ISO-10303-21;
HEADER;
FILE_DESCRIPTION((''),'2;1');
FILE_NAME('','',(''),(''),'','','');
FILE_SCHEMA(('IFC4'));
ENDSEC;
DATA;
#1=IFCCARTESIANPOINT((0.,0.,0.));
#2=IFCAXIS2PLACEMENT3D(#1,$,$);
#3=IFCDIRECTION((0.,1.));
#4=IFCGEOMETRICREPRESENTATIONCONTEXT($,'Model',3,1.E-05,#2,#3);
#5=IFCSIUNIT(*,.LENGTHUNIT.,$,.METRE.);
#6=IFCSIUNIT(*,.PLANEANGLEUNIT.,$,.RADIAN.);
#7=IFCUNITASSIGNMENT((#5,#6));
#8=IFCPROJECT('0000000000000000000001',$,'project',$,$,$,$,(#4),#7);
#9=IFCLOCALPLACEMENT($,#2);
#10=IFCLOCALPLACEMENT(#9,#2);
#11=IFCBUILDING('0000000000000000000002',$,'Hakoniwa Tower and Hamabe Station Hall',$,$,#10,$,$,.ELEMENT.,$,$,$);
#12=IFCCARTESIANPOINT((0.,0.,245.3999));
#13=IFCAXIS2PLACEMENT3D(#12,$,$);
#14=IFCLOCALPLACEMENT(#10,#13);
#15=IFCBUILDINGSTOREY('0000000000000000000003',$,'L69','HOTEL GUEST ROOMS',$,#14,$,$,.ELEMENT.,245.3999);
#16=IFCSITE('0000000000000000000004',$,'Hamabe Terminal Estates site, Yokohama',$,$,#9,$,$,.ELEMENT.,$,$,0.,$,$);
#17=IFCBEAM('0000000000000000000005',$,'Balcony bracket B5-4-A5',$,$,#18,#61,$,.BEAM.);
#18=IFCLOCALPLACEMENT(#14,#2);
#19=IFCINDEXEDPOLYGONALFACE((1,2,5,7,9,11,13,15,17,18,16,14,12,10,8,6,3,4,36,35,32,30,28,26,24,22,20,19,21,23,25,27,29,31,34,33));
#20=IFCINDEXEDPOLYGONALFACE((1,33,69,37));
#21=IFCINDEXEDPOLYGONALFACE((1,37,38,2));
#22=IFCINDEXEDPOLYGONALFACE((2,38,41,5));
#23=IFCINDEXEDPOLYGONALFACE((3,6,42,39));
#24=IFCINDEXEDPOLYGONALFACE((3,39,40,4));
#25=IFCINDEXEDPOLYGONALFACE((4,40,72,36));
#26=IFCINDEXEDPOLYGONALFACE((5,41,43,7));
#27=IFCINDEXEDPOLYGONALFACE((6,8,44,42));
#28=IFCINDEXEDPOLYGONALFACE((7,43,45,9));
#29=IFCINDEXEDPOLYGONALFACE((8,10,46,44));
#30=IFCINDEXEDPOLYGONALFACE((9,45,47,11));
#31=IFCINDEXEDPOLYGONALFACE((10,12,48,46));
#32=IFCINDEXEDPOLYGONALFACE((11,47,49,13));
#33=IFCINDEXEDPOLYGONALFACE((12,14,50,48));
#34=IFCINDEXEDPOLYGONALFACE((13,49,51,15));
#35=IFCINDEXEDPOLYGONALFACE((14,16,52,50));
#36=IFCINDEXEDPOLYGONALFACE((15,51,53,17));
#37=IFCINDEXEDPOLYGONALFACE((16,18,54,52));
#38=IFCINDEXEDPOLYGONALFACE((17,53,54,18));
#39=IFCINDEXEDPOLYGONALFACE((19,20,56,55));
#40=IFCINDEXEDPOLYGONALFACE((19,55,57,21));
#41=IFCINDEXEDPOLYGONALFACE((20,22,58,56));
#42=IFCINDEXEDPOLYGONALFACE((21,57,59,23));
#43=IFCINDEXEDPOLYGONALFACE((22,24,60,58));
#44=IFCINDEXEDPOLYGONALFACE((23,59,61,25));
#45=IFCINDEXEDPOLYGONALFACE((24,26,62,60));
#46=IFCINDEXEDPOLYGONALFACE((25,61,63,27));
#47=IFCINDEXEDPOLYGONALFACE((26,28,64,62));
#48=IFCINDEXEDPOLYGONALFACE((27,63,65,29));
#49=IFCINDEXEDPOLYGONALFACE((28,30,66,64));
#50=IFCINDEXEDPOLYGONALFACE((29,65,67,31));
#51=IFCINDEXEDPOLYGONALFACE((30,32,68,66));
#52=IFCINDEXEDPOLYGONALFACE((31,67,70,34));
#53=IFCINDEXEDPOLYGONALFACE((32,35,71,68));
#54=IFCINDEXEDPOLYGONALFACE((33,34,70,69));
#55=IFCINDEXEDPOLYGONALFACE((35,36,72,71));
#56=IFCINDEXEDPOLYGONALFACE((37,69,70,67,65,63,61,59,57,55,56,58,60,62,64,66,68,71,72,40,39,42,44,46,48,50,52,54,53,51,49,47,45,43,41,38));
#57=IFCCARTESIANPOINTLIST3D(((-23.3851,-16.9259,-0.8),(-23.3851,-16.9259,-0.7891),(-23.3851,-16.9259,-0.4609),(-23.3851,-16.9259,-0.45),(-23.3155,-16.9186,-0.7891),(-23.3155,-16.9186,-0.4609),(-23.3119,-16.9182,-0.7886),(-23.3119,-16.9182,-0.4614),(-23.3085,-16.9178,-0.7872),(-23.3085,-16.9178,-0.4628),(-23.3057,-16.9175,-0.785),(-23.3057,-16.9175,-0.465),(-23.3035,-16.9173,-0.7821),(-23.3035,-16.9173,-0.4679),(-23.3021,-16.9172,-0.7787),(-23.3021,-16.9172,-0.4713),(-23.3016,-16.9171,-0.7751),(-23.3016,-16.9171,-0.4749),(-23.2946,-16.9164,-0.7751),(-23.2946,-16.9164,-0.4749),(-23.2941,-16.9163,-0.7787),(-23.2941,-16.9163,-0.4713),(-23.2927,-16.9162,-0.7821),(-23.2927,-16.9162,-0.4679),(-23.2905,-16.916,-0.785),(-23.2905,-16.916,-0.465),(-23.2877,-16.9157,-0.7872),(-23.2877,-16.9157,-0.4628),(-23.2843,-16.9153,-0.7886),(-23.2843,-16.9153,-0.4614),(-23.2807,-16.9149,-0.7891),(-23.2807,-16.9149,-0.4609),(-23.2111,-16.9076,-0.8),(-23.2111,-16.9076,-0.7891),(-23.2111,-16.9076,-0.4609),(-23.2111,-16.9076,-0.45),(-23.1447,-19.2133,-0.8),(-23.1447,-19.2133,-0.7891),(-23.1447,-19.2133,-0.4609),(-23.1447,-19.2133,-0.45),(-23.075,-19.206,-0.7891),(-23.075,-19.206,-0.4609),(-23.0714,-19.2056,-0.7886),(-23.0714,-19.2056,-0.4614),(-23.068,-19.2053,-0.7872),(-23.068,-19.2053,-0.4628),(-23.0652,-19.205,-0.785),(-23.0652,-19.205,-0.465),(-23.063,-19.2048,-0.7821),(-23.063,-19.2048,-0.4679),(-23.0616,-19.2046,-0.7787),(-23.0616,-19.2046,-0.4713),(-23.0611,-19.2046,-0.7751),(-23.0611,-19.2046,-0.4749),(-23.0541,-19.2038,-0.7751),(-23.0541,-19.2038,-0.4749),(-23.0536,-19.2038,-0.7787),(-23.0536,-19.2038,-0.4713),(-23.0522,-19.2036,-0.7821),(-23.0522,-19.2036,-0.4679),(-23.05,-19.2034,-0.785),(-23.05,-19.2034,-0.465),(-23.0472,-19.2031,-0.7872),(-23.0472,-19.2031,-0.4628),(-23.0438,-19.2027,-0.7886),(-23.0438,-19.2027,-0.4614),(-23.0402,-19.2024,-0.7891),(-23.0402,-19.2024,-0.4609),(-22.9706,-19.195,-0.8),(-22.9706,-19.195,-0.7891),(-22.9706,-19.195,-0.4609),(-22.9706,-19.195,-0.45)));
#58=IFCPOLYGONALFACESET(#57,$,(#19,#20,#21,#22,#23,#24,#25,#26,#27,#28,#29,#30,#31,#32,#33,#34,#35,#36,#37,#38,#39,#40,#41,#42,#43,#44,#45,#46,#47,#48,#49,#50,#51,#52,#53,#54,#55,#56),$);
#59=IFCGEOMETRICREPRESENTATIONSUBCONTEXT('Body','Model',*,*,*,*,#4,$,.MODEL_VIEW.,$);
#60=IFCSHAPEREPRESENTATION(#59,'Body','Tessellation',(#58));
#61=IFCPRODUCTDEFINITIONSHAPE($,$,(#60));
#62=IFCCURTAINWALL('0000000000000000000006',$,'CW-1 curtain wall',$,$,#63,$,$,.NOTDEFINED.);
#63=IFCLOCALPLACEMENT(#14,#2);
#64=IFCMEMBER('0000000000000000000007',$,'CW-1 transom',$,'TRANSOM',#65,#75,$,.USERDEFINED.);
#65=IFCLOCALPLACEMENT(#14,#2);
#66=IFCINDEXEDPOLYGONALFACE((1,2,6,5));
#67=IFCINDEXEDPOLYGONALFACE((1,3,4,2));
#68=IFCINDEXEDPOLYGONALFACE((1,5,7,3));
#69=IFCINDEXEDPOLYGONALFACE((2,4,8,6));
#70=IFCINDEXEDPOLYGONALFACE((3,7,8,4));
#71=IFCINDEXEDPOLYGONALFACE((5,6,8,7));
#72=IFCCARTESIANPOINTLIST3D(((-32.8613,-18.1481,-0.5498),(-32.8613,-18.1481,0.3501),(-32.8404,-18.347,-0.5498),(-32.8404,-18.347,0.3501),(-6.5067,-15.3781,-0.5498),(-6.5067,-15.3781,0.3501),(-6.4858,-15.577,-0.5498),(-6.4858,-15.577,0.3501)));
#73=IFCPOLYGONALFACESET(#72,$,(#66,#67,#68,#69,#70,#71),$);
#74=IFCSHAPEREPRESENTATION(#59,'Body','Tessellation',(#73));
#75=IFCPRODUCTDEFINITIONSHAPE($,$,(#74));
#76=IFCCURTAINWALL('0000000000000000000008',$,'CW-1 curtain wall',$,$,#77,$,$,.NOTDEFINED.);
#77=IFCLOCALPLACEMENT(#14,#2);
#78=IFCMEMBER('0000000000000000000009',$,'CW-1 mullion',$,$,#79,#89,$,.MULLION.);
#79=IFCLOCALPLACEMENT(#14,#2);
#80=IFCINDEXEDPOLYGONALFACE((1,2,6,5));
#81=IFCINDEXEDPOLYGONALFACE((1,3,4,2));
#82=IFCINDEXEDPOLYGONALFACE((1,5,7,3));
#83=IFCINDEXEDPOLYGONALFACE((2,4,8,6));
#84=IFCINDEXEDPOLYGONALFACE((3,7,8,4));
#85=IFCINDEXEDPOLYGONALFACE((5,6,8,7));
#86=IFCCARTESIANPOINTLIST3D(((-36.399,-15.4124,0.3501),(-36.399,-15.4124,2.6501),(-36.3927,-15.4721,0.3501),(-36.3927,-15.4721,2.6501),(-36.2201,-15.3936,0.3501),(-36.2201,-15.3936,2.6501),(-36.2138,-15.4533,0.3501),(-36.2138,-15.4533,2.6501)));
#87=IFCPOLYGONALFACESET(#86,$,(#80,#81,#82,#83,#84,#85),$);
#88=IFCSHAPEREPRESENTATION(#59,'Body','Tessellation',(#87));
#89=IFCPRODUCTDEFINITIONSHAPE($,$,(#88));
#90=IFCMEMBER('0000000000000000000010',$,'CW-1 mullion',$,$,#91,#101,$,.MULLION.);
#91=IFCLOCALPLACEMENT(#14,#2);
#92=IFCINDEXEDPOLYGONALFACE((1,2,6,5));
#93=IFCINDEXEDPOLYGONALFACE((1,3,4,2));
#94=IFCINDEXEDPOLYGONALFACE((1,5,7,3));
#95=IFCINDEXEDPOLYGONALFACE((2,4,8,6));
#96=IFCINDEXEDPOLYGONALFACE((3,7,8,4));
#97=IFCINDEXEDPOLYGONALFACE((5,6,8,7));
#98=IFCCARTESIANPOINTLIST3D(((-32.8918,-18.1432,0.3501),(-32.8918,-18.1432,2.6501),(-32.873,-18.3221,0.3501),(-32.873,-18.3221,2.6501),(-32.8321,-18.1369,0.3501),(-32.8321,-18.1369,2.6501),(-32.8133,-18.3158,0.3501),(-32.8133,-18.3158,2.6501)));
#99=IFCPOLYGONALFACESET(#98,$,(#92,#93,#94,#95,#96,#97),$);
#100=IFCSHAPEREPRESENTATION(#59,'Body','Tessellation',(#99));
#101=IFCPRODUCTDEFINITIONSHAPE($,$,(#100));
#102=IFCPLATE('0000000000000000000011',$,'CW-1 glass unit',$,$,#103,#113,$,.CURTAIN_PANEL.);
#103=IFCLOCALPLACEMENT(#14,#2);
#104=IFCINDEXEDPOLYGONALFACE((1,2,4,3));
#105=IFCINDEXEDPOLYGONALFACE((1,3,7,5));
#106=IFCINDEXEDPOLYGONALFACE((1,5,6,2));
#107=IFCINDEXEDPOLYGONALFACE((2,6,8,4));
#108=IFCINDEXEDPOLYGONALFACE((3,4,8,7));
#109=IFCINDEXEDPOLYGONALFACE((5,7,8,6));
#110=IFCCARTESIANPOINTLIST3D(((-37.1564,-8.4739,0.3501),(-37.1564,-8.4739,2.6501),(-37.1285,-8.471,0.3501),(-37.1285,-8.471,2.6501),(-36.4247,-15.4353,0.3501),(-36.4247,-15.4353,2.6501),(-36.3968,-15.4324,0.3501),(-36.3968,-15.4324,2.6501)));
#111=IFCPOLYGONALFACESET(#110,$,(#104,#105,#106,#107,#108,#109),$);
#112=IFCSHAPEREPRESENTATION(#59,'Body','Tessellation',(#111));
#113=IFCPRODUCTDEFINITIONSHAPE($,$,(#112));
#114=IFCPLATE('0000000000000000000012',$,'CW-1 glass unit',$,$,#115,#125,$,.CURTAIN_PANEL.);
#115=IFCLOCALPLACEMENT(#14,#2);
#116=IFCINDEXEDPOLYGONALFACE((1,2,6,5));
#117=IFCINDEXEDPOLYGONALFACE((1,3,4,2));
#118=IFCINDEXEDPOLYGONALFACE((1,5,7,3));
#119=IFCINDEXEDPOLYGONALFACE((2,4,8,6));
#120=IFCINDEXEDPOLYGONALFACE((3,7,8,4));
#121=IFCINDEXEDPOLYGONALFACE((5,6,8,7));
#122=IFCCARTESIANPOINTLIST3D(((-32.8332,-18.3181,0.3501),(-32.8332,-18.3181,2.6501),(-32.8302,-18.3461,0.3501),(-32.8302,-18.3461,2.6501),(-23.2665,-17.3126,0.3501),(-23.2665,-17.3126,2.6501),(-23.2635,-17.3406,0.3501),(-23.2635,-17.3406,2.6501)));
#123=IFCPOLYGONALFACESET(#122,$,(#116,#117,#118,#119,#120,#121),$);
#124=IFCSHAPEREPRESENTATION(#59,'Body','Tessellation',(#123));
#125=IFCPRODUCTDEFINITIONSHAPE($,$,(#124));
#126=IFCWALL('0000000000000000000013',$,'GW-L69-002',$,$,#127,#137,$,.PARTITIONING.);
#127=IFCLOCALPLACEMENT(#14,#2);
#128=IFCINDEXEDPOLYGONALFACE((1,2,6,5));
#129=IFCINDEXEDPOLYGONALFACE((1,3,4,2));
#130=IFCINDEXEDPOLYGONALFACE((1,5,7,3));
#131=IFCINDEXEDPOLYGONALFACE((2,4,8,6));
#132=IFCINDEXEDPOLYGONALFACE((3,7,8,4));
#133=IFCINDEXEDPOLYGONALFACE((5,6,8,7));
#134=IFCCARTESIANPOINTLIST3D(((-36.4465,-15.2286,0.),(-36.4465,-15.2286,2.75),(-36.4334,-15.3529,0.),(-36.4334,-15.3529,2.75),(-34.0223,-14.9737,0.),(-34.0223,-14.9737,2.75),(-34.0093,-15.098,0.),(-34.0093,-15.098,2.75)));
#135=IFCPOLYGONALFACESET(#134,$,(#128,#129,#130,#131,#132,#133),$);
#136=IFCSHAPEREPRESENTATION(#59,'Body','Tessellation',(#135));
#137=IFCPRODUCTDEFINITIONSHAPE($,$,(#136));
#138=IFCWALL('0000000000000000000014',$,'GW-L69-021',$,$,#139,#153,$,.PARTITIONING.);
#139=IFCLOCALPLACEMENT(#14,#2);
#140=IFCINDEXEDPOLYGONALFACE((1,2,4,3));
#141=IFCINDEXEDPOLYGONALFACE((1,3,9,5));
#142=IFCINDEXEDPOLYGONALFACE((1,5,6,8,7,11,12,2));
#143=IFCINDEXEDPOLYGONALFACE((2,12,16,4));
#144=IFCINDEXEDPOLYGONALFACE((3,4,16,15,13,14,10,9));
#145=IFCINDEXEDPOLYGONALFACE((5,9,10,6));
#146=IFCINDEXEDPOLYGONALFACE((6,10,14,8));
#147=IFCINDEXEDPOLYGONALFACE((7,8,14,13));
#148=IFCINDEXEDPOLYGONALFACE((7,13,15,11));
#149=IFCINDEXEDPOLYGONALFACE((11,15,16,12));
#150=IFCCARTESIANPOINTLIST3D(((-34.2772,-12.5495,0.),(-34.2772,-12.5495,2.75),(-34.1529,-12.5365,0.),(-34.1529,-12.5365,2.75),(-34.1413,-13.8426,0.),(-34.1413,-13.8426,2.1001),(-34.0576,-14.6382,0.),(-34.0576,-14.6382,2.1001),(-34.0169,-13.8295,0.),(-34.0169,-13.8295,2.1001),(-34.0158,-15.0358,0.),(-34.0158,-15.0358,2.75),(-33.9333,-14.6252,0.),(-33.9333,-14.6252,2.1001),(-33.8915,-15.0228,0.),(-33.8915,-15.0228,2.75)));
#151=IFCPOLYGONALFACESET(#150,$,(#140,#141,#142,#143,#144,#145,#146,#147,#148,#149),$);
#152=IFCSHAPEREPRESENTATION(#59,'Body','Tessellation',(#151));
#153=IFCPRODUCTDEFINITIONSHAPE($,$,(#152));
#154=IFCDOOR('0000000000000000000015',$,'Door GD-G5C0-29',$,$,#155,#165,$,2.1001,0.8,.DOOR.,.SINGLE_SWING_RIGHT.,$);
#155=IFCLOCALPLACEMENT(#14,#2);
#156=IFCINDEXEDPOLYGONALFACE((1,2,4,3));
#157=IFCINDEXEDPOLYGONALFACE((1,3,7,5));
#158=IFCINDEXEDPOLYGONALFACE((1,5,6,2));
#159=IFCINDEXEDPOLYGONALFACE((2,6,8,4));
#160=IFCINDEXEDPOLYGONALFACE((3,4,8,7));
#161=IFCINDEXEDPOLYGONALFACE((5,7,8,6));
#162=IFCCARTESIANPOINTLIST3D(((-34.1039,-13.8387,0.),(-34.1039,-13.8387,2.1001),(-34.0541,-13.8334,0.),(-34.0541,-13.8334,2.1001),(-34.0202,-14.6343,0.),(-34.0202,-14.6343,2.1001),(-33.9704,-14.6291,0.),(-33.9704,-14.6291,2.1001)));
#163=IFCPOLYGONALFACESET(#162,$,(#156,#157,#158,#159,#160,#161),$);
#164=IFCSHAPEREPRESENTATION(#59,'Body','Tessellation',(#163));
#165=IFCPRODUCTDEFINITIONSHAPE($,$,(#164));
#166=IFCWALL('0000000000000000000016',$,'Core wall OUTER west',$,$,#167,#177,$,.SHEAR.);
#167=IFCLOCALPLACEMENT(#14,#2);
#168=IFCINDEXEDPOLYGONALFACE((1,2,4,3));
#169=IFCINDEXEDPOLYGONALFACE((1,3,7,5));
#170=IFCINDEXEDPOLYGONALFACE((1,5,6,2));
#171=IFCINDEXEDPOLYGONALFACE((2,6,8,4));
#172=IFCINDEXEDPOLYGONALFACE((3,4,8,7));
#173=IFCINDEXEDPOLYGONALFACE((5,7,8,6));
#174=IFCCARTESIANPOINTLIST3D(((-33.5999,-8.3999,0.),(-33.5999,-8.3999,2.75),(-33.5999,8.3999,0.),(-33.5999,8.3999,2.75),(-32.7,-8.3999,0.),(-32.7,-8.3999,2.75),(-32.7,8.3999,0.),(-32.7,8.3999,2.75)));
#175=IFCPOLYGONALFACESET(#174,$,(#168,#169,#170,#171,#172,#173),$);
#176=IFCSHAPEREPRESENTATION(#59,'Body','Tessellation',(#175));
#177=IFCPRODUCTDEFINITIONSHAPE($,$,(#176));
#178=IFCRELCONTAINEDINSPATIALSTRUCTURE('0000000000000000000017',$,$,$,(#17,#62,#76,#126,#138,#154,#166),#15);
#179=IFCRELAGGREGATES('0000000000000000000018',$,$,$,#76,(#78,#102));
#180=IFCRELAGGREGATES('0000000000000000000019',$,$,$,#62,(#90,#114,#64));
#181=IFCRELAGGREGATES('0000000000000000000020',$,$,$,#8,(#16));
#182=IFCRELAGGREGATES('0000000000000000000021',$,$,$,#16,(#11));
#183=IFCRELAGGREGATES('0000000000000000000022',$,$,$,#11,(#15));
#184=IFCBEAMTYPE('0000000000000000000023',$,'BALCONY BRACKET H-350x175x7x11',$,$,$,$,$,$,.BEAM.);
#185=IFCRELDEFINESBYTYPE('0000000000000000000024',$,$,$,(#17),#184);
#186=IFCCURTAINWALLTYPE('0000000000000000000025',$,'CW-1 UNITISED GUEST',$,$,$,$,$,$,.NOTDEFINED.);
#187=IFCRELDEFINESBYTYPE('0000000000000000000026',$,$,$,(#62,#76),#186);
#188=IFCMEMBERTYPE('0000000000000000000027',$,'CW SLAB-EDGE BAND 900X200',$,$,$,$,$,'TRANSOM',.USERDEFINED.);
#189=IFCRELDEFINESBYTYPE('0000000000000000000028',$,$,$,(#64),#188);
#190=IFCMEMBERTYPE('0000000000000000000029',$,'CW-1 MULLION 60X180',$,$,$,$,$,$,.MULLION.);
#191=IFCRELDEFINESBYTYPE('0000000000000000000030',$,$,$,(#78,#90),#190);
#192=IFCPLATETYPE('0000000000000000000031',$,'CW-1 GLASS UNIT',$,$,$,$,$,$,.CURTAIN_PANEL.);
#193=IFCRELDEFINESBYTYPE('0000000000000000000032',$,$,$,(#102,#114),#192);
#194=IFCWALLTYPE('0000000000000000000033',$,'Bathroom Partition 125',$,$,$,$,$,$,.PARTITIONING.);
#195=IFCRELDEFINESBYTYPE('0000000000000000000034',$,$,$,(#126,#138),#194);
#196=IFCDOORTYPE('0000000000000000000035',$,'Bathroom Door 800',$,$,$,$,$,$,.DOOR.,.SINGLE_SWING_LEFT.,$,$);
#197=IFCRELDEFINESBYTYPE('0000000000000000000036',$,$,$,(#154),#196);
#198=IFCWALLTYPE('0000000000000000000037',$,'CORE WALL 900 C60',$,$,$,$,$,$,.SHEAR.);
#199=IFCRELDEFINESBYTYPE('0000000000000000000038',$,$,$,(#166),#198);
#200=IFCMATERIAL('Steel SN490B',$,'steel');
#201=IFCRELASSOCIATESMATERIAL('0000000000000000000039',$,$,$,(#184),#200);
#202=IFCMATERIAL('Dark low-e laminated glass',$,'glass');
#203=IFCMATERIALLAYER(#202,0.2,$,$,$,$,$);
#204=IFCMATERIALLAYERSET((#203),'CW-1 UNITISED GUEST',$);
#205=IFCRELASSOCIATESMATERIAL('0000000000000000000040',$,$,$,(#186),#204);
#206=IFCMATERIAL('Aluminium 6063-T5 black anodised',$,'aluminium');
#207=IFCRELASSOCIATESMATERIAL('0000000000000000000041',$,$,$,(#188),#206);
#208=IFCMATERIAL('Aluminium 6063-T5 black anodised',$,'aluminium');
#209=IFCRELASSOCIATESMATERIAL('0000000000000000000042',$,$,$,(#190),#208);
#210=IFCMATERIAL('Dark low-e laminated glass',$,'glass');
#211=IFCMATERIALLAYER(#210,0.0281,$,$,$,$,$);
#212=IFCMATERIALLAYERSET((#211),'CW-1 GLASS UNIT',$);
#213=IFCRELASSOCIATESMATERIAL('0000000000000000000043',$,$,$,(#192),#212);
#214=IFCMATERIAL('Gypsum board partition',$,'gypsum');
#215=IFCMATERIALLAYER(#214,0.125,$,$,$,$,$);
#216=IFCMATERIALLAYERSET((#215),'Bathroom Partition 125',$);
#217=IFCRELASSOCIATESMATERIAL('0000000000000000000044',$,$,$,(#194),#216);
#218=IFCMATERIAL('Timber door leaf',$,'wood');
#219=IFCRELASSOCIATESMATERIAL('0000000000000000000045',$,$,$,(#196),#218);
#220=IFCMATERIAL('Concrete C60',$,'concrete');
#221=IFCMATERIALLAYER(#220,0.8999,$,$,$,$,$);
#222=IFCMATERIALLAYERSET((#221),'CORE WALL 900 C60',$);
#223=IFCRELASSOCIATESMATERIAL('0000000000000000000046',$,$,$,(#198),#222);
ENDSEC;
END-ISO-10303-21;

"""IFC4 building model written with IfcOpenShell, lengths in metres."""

from ifc_helpers import new_model, si_unit, direction, frame, frame_2d, origin, origin_2d, place, context, subcontext, project, spatial, rectangle, i_section, extrude, material, layer, layer_set, material_profile, profile_set, type_object, element, fill, aggregate, save


model = new_model("IFC4")

# Units and contexts
model_context = context("Model", 3, precision=1e-05, world=origin(), true_north=direction((0.0, 1.0)))
body_context = subcontext(model_context, "Body", "Model", "MODEL_VIEW")
ifc_project = project(units=[si_unit("LENGTHUNIT", "METRE"), si_unit("PLANEANGLEUNIT", "RADIAN")], contexts=[model_context])

# Site, building, storey
site_placement = place(None, origin())
site = spatial("IfcSite", under=ifc_project, at=site_placement, Name="Hamabe Terminal Estates site, Yokohama", CompositionType="ELEMENT", RefElevation=0.0)
building_placement = place(site_placement, origin())
building = spatial("IfcBuilding", under=site, at=building_placement, Name="Hakoniwa Tower and Hamabe Station Hall", CompositionType="ELEMENT")
storey_placement = place(building_placement, frame((0.0, 0.0, 245.3999)))
storey = spatial("IfcBuildingStorey", under=building, at=storey_placement, Name="L69", Description="HOTEL GUEST ROOMS", CompositionType="ELEMENT", Elevation=245.3999)

# Beam
ifc_material_1 = material(Name="Steel SN490B", Category="steel")
ifc_material_profile_1 = material_profile(ifc_material_1, i_section(OverallWidth=0.175, OverallDepth=0.3501, WebThickness=0.0071, FlangeThickness=0.011, FilletRadius=0.0139, at=origin_2d()), Name="H-350x175x7x11")
ifc_profile_set_1 = profile_set([ifc_material_profile_1], Name="Steel SN490B")
beam_type = type_object("IfcBeamType", Name="BALCONY BRACKET H-350x175x7x11", PredefinedType="BEAM", material=ifc_profile_set_1)
beam_placement = place(storey_placement, frame((-23.2981, -16.9167, -0.625), z_axis=(0.104558, -0.994519, 0.0), x_axis=(0.994519, 0.104558, 0.0)))
element("IfcBeam", 1, at=beam_placement, inside=storey, type_object=beam_type, Name="Balcony bracket B5-4-A5", PredefinedType="BEAM", context=body_context, shape_type="SweptSolid", body=[
    extrude(i_section(OverallWidth=0.175, OverallDepth=0.3501, WebThickness=0.0071, FlangeThickness=0.011, FilletRadius=0.0139, at=origin_2d()), origin(), (0.0, 0.0, 1.0), 2.3),
])

# Curtain walls, members
ifc_material_2 = material(Name="Dark low-e laminated glass", Category="glass")
ifc_layer_1 = layer(ifc_material_2, 0.2)
ifc_layer_set_1 = layer_set([ifc_layer_1], Name="CW-1 UNITISED GUEST")
curtain_wall_type = type_object("IfcCurtainWallType", Name="CW-1 UNITISED GUEST", PredefinedType="NOTDEFINED", material=ifc_layer_set_1)
curtain_wall_1_placement = place(storey_placement, origin())
curtain_wall_1 = element("IfcCurtainWall", 2, at=curtain_wall_1_placement, inside=storey, type_object=curtain_wall_type, Name="CW-1 curtain wall", PredefinedType="NOTDEFINED")
ifc_material_3 = material(Name="Aluminium 6063-T5 black anodised", Category="aluminium")
ifc_material_profile_2 = material_profile(ifc_material_3, rectangle(XDim=0.2, YDim=0.8999, at=origin_2d()), Name="CW SLAB-EDGE BAND 900X200")
ifc_profile_set_2 = profile_set([ifc_material_profile_2], Name="Aluminium 6063-T5 black anodised")
member_type_1 = type_object("IfcMemberType", Name="CW SLAB-EDGE BAND 900X200", ElementType="TRANSOM", PredefinedType="USERDEFINED", material=ifc_profile_set_2)
member_1_placement = place(storey_placement, frame((-32.8508, -18.2476, -0.0999), z_axis=(0.994522, 0.10453, 0.0), x_axis=(-0.10453, 0.994522, 0.0)))
member_1 = element("IfcMember", 3, at=member_1_placement, type_object=member_type_1, Name="CW-1 transom", ObjectType="TRANSOM", PredefinedType="USERDEFINED", context=body_context, shape_type="SweptSolid", body=[
    extrude(rectangle(XDim=0.2, YDim=0.8999, at=origin_2d()), origin(), (0.0, 0.0, 1.0), 26.4998),
])
curtain_wall_2_placement = place(storey_placement, origin())
curtain_wall_2 = element("IfcCurtainWall", 4, at=curtain_wall_2_placement, inside=storey, type_object=curtain_wall_type, Name="CW-1 curtain wall", PredefinedType="NOTDEFINED")
ifc_material_4 = material(Name="Aluminium 6063-T5 black anodised", Category="aluminium")
ifc_material_profile_3 = material_profile(ifc_material_4, rectangle(XDim=0.0601, YDim=0.1799, at=origin_2d()), Name="CW-1 MULLION 60X180")
ifc_profile_set_3 = profile_set([ifc_material_profile_3], Name="Aluminium 6063-T5 black anodised")
member_type_2 = type_object("IfcMemberType", Name="CW-1 MULLION 60X180", PredefinedType="MULLION", material=ifc_profile_set_3)
member_2_placement = place(storey_placement, frame((-36.3064, -15.4329, 0.3501), z_axis=(0.0, 0.0, 1.0), x_axis=(0.104528, -0.994522, 0.0)))
member_2 = element("IfcMember", 5, at=member_2_placement, type_object=member_type_2, Name="CW-1 mullion", PredefinedType="MULLION", context=body_context, shape_type="SweptSolid", body=[
    extrude(rectangle(XDim=0.0601, YDim=0.1799, at=origin_2d()), origin(), (0.0, 0.0, 1.0), 2.3),
])

# Member
member_3_placement = place(storey_placement, frame((-32.8525, -18.2295, 0.3501), z_axis=(0.0, 0.0, 1.0), x_axis=(0.994522, 0.104528, 0.0)))
member_3 = element("IfcMember", 6, at=member_3_placement, type_object=member_type_2, Name="CW-1 mullion", PredefinedType="MULLION", context=body_context, shape_type="SweptSolid", body=[
    extrude(rectangle(XDim=0.0601, YDim=0.1799, at=origin_2d()), origin(), (0.0, 0.0, 1.0), 2.3),
])

# Plates
ifc_material_5 = material(Name="Dark low-e laminated glass", Category="glass")
ifc_layer_2 = layer(ifc_material_5, 0.0281)
ifc_layer_set_2 = layer_set([ifc_layer_2], Name="CW-1 GLASS UNIT")
plate_type = type_object("IfcPlateType", Name="CW-1 GLASS UNIT", PredefinedType="CURTAIN_PANEL", material=ifc_layer_set_2)
plate_1_placement = place(storey_placement, frame((-36.7766, -11.9531, 0.3501), z_axis=(0.0, 0.0, 1.0), x_axis=(0.104528, -0.994522, 0.0)))
plate_1 = element("IfcPlate", 7, at=plate_1_placement, type_object=plate_type, Name="CW-1 glass unit", PredefinedType="CURTAIN_PANEL", context=body_context, shape_type="SweptSolid", body=[
    extrude(rectangle(XDim=6.9998, YDim=0.0281, at=origin_2d()), origin(), (0.0, 0.0, 1.0), 2.3),
])
aggregate(curtain_wall_2, [member_2, plate_1])
plate_2_placement = place(storey_placement, frame((-28.0483, -17.8293, 0.3501), z_axis=(0.0, 0.0, 1.0), x_axis=(0.994522, 0.104528, 0.0)))
plate_2 = element("IfcPlate", 8, at=plate_2_placement, type_object=plate_type, Name="CW-1 glass unit", PredefinedType="CURTAIN_PANEL", context=body_context, shape_type="SweptSolid", body=[
    extrude(rectangle(XDim=9.6194, YDim=0.0281, at=origin_2d()), origin(), (0.0, 0.0, 1.0), 2.3),
])
aggregate(curtain_wall_1, [member_3, plate_2, member_1])

# Wall
ifc_material_6 = material(Name="Gypsum board partition", Category="gypsum")
ifc_layer_3 = layer(ifc_material_6, 0.125)
ifc_layer_set_3 = layer_set([ifc_layer_3], Name="Bathroom Partition 125")
wall_type_1 = type_object("IfcWallType", Name="Bathroom Partition 125", PredefinedType="PARTITIONING", material=ifc_layer_set_3)
wall_1_placement = place(storey_placement, frame((-36.4399, -15.2908, 0.0), z_axis=(0.0, 0.0, 1.0), x_axis=(0.994518, 0.10457, 0.0)))
element("IfcWall", 9, at=wall_1_placement, inside=storey, type_object=wall_type_1, Name="GW-L69-002", PredefinedType="PARTITIONING", context=body_context, shape_type="SweptSolid", body=[
    extrude(rectangle(XDim=2.4375, YDim=0.125, at=frame_2d((1.2188, 0.0))), origin(), (0.0, 0.0, 1.0), 2.75),
])

# Wall, opening, door
wall_2_placement = place(storey_placement, frame((-33.9536, -15.0293, 0.0), z_axis=(0.0, 0.0, 1.0), x_axis=(-0.104588, 0.994516, 0.0)))
wall_2 = element("IfcWall", 10, at=wall_2_placement, inside=storey, type_object=wall_type_1, Name="GW-L69-021", PredefinedType="PARTITIONING", context=body_context, shape_type="SweptSolid", body=[
    extrude(rectangle(XDim=2.5, YDim=0.125, at=frame_2d((1.25, 0.0))), origin(), (0.0, 0.0, 1.0), 2.75),
])
opening_1_placement = place(wall_2_placement, frame((0.3999, 0.0, 0.0)))
opening_1 = element("IfcOpeningElement", 11, at=opening_1_placement, cuts=wall_2, PredefinedType="OPENING", context=body_context, shape_type="SweptSolid", body=[
    extrude(rectangle(XDim=0.8, YDim=2.1001, at=frame_2d((0.3999, 1.05))), frame((0.0, 0.0725, 0.0), z_axis=(0.0, -1.0, 0.0), x_axis=(1.0, 0.0, 0.0)), (0.0, 0.0, 1.0), 0.145),
])
ifc_material_7 = material(Name="Timber door leaf", Category="wood")
door_type_1 = type_object("IfcDoorType", Name="Bathroom Door 800", OperationType="SINGLE_SWING_LEFT", PredefinedType="DOOR", material=ifc_material_7)
door_1_placement = place(opening_1_placement, origin())
door_1 = element("IfcDoor", 12, at=door_1_placement, inside=storey, type_object=door_type_1, Name="Door GD-G5C0-29", OperationType="SINGLE_SWING_RIGHT", OverallHeight=2.1001, OverallWidth=0.8, PredefinedType="DOOR", context=body_context, shape_type="SweptSolid", body=[
    extrude(rectangle(XDim=0.8, YDim=2.1001, at=frame_2d((0.3999, 1.05))), frame((0.0, 0.0249, 0.0), z_axis=(0.0, -1.0, 0.0), x_axis=(1.0, 0.0, 0.0)), (0.0, 0.0, 1.0), 0.05),
])
fill(opening_1, door_1)

# Wall
ifc_material_8 = material(Name="Concrete C60", Category="concrete")
ifc_layer_4 = layer(ifc_material_8, 0.8999)
ifc_layer_set_4 = layer_set([ifc_layer_4], Name="CORE WALL 900 C60")
wall_type_2 = type_object("IfcWallType", Name="CORE WALL 900 C60", PredefinedType="SHEAR", material=ifc_layer_set_4)
wall_3_placement = place(storey_placement, frame((-33.1499, -8.3999, 0.0), z_axis=(0.0, 0.0, 1.0), x_axis=(0.0, 1.0, 0.0)))
element("IfcWall", 13, at=wall_3_placement, inside=storey, type_object=wall_type_2, Name="Core wall OUTER west", PredefinedType="SHEAR", context=body_context, shape_type="SweptSolid", body=[
    extrude(rectangle(XDim=16.7998, YDim=0.8999, at=frame_2d((8.3999, 0.0))), origin(), (0.0, 0.0, 1.0), 2.75),
])

save(model, "model.ifc")
